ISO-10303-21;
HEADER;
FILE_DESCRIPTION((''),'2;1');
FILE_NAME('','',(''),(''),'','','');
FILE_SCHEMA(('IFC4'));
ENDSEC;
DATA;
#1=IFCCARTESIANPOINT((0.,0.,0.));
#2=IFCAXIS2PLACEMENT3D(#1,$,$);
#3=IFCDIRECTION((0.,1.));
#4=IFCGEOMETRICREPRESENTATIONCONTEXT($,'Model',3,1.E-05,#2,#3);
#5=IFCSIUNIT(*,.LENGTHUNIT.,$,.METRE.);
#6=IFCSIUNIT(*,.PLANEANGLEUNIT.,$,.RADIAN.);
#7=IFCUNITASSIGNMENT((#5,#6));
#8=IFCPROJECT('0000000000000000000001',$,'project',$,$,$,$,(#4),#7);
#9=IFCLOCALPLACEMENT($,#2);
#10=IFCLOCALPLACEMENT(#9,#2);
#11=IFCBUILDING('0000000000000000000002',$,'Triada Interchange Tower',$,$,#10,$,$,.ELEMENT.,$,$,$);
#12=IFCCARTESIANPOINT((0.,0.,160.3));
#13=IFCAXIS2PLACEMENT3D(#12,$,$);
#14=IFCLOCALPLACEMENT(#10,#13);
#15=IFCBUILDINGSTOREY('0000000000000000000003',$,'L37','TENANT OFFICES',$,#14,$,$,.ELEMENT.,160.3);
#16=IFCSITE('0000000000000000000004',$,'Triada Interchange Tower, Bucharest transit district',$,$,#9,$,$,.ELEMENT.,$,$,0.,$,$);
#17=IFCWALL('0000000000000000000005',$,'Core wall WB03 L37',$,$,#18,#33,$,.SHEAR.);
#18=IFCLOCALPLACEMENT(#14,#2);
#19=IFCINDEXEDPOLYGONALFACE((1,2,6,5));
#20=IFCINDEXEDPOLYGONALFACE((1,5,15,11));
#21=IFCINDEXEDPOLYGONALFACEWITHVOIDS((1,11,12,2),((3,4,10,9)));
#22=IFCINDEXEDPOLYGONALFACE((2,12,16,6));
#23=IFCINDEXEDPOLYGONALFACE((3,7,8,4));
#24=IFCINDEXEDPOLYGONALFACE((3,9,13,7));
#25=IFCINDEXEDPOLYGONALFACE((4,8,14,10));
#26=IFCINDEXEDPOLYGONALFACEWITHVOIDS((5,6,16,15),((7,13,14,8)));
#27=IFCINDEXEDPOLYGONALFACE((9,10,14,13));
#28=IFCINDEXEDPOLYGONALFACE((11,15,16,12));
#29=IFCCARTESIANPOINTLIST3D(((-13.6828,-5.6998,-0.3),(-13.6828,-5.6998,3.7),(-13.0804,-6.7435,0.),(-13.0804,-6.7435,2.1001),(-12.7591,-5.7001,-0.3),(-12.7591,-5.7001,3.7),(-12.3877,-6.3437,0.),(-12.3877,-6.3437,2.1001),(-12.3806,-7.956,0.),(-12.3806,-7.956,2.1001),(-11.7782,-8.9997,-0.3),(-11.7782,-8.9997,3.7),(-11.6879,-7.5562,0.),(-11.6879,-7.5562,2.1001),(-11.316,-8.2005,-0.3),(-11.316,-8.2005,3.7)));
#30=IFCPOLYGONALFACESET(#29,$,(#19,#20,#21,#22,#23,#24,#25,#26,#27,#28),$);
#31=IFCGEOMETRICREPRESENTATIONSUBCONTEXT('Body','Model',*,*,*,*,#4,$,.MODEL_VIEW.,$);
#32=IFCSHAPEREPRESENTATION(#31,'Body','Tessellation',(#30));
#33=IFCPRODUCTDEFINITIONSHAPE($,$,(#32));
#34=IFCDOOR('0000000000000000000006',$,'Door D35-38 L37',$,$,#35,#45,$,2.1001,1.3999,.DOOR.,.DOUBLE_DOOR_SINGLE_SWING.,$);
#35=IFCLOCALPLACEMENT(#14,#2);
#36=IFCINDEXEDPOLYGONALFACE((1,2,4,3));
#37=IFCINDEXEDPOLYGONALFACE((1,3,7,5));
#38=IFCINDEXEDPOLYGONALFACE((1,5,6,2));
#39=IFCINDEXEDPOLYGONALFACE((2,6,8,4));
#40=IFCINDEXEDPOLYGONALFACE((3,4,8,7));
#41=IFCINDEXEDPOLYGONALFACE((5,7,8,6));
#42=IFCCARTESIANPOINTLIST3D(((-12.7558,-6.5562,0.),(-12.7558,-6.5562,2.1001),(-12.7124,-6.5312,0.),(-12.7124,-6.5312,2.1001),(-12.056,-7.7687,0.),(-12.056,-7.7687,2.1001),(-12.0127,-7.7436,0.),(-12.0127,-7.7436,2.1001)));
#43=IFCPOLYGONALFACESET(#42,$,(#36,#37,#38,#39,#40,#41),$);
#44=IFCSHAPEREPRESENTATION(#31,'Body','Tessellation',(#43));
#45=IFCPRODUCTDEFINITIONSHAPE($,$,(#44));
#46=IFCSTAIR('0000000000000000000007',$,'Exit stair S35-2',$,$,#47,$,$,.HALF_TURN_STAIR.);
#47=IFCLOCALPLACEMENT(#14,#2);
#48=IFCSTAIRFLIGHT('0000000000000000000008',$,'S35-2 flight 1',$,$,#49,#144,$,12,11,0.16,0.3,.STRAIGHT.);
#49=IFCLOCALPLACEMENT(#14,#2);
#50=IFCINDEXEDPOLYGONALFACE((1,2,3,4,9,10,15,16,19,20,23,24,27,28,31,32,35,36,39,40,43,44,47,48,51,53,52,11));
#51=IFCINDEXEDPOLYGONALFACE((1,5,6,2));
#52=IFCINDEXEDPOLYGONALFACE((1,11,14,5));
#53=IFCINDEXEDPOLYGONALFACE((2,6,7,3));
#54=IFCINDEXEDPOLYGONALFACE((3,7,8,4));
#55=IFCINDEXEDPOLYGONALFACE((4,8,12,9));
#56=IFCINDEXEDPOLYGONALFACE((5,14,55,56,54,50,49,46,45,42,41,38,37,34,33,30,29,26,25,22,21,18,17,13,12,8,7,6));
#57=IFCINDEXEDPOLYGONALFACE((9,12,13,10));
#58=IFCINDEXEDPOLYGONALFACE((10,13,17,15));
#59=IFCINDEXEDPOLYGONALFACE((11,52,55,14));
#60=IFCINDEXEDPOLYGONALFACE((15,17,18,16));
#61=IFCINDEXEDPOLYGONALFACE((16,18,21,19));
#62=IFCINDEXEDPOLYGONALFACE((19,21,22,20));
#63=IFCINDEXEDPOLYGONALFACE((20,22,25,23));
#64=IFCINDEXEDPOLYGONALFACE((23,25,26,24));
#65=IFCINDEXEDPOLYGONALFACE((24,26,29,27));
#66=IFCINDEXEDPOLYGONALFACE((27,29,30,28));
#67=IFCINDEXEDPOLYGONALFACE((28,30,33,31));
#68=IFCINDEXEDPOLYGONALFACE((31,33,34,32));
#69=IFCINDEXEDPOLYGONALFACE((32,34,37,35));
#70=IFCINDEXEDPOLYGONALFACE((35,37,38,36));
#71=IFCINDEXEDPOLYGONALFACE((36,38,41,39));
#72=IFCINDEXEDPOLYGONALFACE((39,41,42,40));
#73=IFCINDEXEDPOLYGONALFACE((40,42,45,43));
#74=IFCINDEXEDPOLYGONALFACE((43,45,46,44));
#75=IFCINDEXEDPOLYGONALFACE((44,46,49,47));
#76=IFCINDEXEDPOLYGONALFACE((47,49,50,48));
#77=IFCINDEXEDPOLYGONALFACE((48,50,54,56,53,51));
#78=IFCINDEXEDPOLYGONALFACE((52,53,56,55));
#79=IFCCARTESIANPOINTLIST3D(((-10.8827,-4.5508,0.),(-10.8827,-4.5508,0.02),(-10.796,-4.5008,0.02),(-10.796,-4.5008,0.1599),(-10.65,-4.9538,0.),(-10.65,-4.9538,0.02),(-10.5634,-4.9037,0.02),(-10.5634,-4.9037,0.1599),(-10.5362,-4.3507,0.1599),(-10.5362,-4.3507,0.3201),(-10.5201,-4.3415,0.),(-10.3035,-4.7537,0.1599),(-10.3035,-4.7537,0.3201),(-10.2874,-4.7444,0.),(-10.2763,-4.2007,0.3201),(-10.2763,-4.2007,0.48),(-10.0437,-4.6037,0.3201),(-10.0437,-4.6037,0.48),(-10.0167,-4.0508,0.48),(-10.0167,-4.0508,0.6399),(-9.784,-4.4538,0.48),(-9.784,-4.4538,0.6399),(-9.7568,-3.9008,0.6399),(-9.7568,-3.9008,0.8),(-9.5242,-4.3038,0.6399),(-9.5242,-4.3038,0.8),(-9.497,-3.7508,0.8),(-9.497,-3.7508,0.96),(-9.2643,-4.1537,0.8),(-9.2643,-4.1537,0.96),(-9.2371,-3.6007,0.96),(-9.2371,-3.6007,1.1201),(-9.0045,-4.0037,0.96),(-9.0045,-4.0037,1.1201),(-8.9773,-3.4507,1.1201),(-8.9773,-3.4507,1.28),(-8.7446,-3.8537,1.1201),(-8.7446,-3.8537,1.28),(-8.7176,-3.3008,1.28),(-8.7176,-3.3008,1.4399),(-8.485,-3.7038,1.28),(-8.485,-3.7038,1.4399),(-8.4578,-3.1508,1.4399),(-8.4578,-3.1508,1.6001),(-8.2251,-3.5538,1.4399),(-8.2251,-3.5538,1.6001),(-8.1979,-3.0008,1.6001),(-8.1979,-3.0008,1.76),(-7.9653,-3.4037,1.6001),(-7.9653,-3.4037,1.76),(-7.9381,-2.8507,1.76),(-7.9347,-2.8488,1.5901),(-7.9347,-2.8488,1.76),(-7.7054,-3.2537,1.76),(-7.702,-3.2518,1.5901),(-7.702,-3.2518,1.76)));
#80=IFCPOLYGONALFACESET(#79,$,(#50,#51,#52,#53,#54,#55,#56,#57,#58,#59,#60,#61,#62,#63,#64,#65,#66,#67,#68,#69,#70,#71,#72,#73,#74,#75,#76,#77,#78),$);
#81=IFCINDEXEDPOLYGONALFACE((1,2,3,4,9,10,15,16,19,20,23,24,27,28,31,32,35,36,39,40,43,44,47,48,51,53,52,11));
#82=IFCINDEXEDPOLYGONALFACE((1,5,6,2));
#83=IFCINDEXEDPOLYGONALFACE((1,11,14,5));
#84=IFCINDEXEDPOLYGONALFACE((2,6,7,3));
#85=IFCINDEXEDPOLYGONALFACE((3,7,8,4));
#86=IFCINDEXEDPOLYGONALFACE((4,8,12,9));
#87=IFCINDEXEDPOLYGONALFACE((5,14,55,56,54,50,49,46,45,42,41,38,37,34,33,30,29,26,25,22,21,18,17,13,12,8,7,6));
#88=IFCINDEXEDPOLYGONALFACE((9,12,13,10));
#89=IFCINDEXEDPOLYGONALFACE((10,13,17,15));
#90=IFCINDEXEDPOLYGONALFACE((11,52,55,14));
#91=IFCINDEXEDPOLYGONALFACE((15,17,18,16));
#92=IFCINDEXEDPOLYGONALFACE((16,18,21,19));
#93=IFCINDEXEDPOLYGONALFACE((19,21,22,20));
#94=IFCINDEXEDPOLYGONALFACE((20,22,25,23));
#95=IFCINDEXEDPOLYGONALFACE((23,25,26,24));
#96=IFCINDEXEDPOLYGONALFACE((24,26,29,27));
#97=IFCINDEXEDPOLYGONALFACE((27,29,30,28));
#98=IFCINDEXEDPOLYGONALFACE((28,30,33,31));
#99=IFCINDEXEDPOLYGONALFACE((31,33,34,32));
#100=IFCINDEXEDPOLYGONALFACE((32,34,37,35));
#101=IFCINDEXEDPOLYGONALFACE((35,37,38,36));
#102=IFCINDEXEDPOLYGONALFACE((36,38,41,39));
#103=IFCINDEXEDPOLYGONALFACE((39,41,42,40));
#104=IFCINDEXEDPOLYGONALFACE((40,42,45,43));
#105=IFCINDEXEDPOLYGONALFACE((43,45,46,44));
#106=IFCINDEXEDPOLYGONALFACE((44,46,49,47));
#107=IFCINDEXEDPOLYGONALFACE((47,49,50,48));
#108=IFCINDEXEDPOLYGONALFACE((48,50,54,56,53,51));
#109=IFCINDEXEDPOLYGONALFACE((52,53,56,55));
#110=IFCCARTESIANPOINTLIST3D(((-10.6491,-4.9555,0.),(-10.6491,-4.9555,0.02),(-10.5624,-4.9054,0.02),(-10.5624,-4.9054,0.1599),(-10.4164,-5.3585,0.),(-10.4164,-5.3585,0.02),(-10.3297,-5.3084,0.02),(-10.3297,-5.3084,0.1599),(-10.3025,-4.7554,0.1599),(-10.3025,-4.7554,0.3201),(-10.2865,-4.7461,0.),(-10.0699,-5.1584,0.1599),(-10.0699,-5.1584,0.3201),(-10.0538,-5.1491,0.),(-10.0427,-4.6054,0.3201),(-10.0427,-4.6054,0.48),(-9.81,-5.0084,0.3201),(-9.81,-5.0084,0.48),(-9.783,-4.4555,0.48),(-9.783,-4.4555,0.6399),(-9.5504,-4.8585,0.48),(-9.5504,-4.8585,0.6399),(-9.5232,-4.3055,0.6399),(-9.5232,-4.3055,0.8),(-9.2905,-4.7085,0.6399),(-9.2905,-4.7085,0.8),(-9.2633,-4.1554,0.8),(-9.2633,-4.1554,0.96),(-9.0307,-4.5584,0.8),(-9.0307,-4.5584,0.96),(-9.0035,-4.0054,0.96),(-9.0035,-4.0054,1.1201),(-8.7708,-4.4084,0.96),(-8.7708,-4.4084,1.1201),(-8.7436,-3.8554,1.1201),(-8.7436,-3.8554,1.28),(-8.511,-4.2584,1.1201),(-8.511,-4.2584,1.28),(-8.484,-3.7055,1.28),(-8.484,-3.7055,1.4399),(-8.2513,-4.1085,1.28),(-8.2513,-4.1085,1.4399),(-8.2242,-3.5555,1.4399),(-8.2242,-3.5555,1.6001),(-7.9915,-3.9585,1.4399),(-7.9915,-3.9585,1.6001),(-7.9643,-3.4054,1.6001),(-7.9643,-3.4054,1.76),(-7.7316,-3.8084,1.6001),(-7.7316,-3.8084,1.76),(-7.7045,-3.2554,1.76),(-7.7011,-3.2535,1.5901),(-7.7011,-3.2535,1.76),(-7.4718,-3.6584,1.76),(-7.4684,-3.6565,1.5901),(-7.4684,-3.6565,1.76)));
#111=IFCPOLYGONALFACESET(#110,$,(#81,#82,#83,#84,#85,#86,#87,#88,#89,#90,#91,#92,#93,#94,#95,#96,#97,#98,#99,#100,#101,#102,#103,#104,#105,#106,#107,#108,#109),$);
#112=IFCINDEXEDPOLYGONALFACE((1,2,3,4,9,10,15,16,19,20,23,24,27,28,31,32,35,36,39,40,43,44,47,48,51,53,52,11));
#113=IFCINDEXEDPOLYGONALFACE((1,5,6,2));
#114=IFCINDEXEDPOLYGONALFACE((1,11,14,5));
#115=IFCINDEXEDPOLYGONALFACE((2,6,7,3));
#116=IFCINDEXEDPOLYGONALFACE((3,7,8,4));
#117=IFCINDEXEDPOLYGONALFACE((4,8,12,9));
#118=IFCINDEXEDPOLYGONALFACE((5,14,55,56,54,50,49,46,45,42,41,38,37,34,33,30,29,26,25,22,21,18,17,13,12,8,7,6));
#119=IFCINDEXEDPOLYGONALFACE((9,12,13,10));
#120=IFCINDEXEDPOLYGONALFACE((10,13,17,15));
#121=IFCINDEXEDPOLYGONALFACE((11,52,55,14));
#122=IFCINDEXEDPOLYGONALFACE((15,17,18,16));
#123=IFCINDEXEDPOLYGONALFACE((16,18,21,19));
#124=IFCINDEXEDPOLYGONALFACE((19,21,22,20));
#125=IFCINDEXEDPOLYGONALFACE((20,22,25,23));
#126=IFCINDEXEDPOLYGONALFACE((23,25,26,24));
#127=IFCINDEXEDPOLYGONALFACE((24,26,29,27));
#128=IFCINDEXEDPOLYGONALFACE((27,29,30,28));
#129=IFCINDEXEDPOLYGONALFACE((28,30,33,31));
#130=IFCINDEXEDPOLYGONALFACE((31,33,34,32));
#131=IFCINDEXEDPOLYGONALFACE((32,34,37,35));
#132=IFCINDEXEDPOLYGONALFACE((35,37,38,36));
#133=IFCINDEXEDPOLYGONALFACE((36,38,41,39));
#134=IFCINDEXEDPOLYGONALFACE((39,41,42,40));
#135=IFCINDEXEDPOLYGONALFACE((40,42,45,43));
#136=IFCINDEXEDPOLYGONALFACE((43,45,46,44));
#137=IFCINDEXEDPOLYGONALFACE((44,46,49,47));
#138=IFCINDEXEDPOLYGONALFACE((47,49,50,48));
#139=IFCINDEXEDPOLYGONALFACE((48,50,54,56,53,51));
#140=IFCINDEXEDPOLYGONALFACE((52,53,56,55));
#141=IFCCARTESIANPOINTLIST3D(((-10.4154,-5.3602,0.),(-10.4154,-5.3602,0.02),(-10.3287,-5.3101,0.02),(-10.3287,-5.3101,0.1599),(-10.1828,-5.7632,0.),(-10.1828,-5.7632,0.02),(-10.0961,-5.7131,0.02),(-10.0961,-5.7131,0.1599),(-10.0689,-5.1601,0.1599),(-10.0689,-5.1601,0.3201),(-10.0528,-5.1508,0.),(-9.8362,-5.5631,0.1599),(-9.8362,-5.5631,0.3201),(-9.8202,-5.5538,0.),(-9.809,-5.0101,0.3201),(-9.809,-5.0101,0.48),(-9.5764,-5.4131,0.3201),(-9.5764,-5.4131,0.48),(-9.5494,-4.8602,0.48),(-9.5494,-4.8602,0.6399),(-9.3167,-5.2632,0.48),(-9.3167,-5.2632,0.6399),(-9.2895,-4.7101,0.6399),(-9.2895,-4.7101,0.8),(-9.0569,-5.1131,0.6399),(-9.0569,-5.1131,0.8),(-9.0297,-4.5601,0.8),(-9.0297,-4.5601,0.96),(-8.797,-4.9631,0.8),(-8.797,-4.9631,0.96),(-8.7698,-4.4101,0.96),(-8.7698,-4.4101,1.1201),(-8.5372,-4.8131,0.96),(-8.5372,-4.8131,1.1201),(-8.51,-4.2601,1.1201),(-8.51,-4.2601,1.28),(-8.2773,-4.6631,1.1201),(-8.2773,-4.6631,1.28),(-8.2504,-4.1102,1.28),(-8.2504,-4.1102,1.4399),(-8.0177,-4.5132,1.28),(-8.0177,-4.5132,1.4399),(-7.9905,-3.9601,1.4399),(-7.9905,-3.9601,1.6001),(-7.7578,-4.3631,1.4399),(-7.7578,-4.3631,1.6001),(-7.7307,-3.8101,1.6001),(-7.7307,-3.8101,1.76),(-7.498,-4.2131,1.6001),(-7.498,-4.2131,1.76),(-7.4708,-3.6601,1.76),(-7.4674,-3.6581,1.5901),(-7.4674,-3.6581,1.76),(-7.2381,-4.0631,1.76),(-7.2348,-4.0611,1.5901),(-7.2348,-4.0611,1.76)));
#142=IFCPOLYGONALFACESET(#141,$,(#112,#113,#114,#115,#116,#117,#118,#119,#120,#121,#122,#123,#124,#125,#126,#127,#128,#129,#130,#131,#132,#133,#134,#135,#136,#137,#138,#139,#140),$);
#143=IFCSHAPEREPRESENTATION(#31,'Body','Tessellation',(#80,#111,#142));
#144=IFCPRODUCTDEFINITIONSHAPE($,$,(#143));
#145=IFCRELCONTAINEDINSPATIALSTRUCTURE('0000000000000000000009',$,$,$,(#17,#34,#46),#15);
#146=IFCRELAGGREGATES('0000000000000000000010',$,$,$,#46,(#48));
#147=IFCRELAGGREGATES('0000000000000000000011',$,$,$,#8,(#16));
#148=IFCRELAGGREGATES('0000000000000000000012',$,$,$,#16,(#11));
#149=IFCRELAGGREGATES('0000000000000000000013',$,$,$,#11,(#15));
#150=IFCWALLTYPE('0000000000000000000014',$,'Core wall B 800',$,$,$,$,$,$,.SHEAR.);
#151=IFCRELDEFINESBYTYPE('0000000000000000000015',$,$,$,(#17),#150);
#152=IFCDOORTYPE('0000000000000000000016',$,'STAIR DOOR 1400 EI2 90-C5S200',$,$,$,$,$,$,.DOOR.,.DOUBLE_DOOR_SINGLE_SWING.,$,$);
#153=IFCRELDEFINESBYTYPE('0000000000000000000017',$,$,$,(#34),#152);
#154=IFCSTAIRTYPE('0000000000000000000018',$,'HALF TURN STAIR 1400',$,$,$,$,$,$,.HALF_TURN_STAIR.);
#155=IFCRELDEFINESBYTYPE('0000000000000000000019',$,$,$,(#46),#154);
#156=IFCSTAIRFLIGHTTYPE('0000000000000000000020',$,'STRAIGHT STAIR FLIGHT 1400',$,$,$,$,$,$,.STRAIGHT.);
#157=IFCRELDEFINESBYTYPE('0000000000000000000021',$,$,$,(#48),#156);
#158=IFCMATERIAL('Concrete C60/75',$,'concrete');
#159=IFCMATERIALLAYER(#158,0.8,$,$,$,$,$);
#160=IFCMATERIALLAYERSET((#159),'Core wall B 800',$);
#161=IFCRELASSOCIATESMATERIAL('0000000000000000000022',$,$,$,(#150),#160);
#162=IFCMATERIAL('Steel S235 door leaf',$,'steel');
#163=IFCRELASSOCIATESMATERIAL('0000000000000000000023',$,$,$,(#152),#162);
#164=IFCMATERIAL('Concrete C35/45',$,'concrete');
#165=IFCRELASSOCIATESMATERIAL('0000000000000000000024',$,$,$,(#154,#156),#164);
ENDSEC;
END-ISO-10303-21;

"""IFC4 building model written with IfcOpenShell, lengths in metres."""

from ifc_helpers import new_model, si_unit, direction, frame, frame_2d, origin, place, context, subcontext, project, spatial, polyline, rectangle, outline, extrude, material, layer, layer_set, type_object, element, fill, aggregate, save


model = new_model("IFC4")

# Units and contexts
model_context = context("Model", 3, precision=1e-05, world=origin(), true_north=direction((0.0, 1.0)))
body_context = subcontext(model_context, "Body", "Model", "MODEL_VIEW")
ifc_project = project(units=[si_unit("LENGTHUNIT", "METRE"), si_unit("PLANEANGLEUNIT", "RADIAN")], contexts=[model_context])

# Site, building, storey
site_placement = place(None, origin())
site = spatial("IfcSite", under=ifc_project, at=site_placement, Name="Triada Interchange Tower, Bucharest transit district", CompositionType="ELEMENT", RefElevation=0.0)
building_placement = place(site_placement, origin())
building = spatial("IfcBuilding", under=site, at=building_placement, Name="Triada Interchange Tower", CompositionType="ELEMENT")
storey_placement = place(building_placement, frame((0.0, 0.0, 160.3)))
storey = spatial("IfcBuildingStorey", under=building, at=storey_placement, Name="L37", Description="TENANT OFFICES", CompositionType="ELEMENT", Elevation=160.3)

# Shared definitions
ifc_material_1 = material(Name="Steel S235 door leaf", Category="steel")

# Wall, opening, door
ifc_material_2 = material(Name="Concrete C60/75", Category="concrete")
ifc_layer_1 = layer(ifc_material_2, 0.8)
ifc_layer_set_1 = layer_set([ifc_layer_1], Name="Core wall B 800")
wall_type_1 = type_object("IfcWallType", Name="Core wall B 800", PredefinedType="SHEAR", material=ifc_layer_set_1)
wall_1_placement = place(storey_placement, frame((-13.2209, -5.7, -0.3), z_axis=(0.0, 0.0, 1.0), x_axis=(0.499872, -0.866099, 0.0)))
wall_1 = element("IfcWall", 1, at=wall_1_placement, inside=storey, type_object=wall_type_1, Name="Core wall WB03 L37", PredefinedType="SHEAR", context=body_context, shape_type="SweptSolid", body=[
    extrude(outline(polyline([(-0.231, -0.3999), (1.6741, -0.3999), (3.5791, -0.3999), (3.1179, 0.3999), (1.6743, 0.3999), (0.231, 0.3999), (-0.231, -0.3999)])), origin(), (0.0, 0.0, 1.0), 4.0),
])
opening_1_placement = place(wall_1_placement, frame((0.9741, 0.0, 0.3)))
opening_1 = element("IfcOpeningElement", 2, at=opening_1_placement, cuts=wall_1, PredefinedType="OPENING", context=body_context, shape_type="SweptSolid", body=[
    extrude(rectangle(XDim=1.3999, YDim=2.1001, at=frame_2d((0.7, 1.05))), frame((0.0, 0.4099, 0.0), z_axis=(0.0, -1.0, 0.0), x_axis=(1.0, 0.0, 0.0)), (0.0, 0.0, 1.0), 0.8201),
])
door_type_1 = type_object("IfcDoorType", Name="STAIR DOOR 1400 EI2 90-C5S200", OperationType="DOUBLE_DOOR_SINGLE_SWING", PredefinedType="DOOR", material=ifc_material_1)
door_1_placement = place(opening_1_placement, origin())
door_1 = element("IfcDoor", 3, at=door_1_placement, inside=storey, type_object=door_type_1, Name="Door D35-38 L37", OperationType="DOUBLE_DOOR_SINGLE_SWING", OverallHeight=2.1001, OverallWidth=1.3999, PredefinedType="DOOR", context=body_context, shape_type="SweptSolid", body=[
    extrude(rectangle(XDim=1.3999, YDim=2.1001, at=frame_2d((0.7, 1.05))), frame((0.0, 0.0249, 0.0), z_axis=(0.0, -1.0, 0.0), x_axis=(1.0, 0.0, 0.0)), (0.0, 0.0, 1.0), 0.05),
])
fill(opening_1, door_1)

# Stair, stair flight
ifc_material_3 = material(Name="Concrete C35/45", Category="concrete")
stair_type = type_object("IfcStairType", Name="HALF TURN STAIR 1400", PredefinedType="HALF_TURN_STAIR", material=ifc_material_3)
stair_placement = place(storey_placement, origin())
stair = element("IfcStair", 4, at=stair_placement, inside=storey, type_object=stair_type, Name="Exit stair S35-2", PredefinedType="HALF_TURN_STAIR")
stair_flight_type = type_object("IfcStairFlightType", Name="STRAIGHT STAIR FLIGHT 1400", PredefinedType="STRAIGHT", material=ifc_material_3)
stair_flight_1_placement = place(storey_placement, frame((-10.446, -5.1069, 0.0), z_axis=(0.0, 0.0, 1.0), x_axis=(0.866025, 0.5, 0.0)))
stair_flight_1 = element("IfcStairFlight", 5, at=stair_flight_1_placement, type_object=stair_flight_type, Name="S35-2 flight 1", NumberOfRisers=12, NumberOfTreads=11, PredefinedType="STRAIGHT", RiserHeight=0.16, TreadLength=0.3, context=body_context, shape_type="SweptSolid", body=[
    extrude(outline(polyline([(-0.1001, 0.0), (-0.1001, 0.02), (0.0, 0.02), (0.0, 0.1599), (0.3, 0.1599), (0.3, 0.3201), (0.6001, 0.3201), (0.6001, 0.48), (0.8999, 0.48), (0.8999, 0.6399), (1.2, 0.6399), (1.2, 0.8), (1.5, 0.8), (1.5, 0.96), (1.8, 0.96), (1.8, 1.1201), (2.1001, 1.1201), (2.1001, 1.28), (2.3999, 1.28), (2.3999, 1.4399), (2.7, 1.4399), (2.7, 1.6001), (3.0, 1.6001), (3.0, 1.76), (3.3, 1.76), (3.304, 1.76), (3.304, 1.9199), (3.304, 1.5901), (0.3186, 0.0), (-0.1001, 0.0)])), frame((0.0, 0.7, 0.0), z_axis=(0.0, -1.0, 0.0), x_axis=(1.0, 0.0, 0.0)), (0.0, 0.0, 1.0), 0.4653),
    extrude(outline(polyline([(-0.1001, 0.0), (-0.1001, 0.02), (0.0, 0.02), (0.0, 0.1599), (0.3, 0.1599), (0.3, 0.3201), (0.6001, 0.3201), (0.6001, 0.48), (0.8999, 0.48), (0.8999, 0.6399), (1.2, 0.6399), (1.2, 0.8), (1.5, 0.8), (1.5, 0.96), (1.8, 0.96), (1.8, 1.1201), (2.1001, 1.1201), (2.1001, 1.28), (2.3999, 1.28), (2.3999, 1.4399), (2.7, 1.4399), (2.7, 1.6001), (3.0, 1.6001), (3.0, 1.76), (3.3, 1.76), (3.304, 1.76), (3.304, 1.9199), (3.304, 1.5901), (0.3186, 0.0), (-0.1001, 0.0)])), frame((0.0, 0.2327, 0.0), z_axis=(0.0, -1.0, 0.0), x_axis=(1.0, 0.0, 0.0)), (0.0, 0.0, 1.0), 0.4653),
    extrude(outline(polyline([(-0.1001, 0.0), (-0.1001, 0.02), (0.0, 0.02), (0.0, 0.1599), (0.3, 0.1599), (0.3, 0.3201), (0.6001, 0.3201), (0.6001, 0.48), (0.8999, 0.48), (0.8999, 0.6399), (1.2, 0.6399), (1.2, 0.8), (1.5, 0.8), (1.5, 0.96), (1.8, 0.96), (1.8, 1.1201), (2.1001, 1.1201), (2.1001, 1.28), (2.3999, 1.28), (2.3999, 1.4399), (2.7, 1.4399), (2.7, 1.6001), (3.0, 1.6001), (3.0, 1.76), (3.3, 1.76), (3.304, 1.76), (3.304, 1.9199), (3.304, 1.5901), (0.3186, 0.0), (-0.1001, 0.0)])), frame((0.0, -0.2346, 0.0), z_axis=(0.0, -1.0, 0.0), x_axis=(1.0, 0.0, 0.0)), (0.0, 0.0, 1.0), 0.4653),
])
aggregate(stair, [stair_flight_1])

save(model, "model.ifc")
